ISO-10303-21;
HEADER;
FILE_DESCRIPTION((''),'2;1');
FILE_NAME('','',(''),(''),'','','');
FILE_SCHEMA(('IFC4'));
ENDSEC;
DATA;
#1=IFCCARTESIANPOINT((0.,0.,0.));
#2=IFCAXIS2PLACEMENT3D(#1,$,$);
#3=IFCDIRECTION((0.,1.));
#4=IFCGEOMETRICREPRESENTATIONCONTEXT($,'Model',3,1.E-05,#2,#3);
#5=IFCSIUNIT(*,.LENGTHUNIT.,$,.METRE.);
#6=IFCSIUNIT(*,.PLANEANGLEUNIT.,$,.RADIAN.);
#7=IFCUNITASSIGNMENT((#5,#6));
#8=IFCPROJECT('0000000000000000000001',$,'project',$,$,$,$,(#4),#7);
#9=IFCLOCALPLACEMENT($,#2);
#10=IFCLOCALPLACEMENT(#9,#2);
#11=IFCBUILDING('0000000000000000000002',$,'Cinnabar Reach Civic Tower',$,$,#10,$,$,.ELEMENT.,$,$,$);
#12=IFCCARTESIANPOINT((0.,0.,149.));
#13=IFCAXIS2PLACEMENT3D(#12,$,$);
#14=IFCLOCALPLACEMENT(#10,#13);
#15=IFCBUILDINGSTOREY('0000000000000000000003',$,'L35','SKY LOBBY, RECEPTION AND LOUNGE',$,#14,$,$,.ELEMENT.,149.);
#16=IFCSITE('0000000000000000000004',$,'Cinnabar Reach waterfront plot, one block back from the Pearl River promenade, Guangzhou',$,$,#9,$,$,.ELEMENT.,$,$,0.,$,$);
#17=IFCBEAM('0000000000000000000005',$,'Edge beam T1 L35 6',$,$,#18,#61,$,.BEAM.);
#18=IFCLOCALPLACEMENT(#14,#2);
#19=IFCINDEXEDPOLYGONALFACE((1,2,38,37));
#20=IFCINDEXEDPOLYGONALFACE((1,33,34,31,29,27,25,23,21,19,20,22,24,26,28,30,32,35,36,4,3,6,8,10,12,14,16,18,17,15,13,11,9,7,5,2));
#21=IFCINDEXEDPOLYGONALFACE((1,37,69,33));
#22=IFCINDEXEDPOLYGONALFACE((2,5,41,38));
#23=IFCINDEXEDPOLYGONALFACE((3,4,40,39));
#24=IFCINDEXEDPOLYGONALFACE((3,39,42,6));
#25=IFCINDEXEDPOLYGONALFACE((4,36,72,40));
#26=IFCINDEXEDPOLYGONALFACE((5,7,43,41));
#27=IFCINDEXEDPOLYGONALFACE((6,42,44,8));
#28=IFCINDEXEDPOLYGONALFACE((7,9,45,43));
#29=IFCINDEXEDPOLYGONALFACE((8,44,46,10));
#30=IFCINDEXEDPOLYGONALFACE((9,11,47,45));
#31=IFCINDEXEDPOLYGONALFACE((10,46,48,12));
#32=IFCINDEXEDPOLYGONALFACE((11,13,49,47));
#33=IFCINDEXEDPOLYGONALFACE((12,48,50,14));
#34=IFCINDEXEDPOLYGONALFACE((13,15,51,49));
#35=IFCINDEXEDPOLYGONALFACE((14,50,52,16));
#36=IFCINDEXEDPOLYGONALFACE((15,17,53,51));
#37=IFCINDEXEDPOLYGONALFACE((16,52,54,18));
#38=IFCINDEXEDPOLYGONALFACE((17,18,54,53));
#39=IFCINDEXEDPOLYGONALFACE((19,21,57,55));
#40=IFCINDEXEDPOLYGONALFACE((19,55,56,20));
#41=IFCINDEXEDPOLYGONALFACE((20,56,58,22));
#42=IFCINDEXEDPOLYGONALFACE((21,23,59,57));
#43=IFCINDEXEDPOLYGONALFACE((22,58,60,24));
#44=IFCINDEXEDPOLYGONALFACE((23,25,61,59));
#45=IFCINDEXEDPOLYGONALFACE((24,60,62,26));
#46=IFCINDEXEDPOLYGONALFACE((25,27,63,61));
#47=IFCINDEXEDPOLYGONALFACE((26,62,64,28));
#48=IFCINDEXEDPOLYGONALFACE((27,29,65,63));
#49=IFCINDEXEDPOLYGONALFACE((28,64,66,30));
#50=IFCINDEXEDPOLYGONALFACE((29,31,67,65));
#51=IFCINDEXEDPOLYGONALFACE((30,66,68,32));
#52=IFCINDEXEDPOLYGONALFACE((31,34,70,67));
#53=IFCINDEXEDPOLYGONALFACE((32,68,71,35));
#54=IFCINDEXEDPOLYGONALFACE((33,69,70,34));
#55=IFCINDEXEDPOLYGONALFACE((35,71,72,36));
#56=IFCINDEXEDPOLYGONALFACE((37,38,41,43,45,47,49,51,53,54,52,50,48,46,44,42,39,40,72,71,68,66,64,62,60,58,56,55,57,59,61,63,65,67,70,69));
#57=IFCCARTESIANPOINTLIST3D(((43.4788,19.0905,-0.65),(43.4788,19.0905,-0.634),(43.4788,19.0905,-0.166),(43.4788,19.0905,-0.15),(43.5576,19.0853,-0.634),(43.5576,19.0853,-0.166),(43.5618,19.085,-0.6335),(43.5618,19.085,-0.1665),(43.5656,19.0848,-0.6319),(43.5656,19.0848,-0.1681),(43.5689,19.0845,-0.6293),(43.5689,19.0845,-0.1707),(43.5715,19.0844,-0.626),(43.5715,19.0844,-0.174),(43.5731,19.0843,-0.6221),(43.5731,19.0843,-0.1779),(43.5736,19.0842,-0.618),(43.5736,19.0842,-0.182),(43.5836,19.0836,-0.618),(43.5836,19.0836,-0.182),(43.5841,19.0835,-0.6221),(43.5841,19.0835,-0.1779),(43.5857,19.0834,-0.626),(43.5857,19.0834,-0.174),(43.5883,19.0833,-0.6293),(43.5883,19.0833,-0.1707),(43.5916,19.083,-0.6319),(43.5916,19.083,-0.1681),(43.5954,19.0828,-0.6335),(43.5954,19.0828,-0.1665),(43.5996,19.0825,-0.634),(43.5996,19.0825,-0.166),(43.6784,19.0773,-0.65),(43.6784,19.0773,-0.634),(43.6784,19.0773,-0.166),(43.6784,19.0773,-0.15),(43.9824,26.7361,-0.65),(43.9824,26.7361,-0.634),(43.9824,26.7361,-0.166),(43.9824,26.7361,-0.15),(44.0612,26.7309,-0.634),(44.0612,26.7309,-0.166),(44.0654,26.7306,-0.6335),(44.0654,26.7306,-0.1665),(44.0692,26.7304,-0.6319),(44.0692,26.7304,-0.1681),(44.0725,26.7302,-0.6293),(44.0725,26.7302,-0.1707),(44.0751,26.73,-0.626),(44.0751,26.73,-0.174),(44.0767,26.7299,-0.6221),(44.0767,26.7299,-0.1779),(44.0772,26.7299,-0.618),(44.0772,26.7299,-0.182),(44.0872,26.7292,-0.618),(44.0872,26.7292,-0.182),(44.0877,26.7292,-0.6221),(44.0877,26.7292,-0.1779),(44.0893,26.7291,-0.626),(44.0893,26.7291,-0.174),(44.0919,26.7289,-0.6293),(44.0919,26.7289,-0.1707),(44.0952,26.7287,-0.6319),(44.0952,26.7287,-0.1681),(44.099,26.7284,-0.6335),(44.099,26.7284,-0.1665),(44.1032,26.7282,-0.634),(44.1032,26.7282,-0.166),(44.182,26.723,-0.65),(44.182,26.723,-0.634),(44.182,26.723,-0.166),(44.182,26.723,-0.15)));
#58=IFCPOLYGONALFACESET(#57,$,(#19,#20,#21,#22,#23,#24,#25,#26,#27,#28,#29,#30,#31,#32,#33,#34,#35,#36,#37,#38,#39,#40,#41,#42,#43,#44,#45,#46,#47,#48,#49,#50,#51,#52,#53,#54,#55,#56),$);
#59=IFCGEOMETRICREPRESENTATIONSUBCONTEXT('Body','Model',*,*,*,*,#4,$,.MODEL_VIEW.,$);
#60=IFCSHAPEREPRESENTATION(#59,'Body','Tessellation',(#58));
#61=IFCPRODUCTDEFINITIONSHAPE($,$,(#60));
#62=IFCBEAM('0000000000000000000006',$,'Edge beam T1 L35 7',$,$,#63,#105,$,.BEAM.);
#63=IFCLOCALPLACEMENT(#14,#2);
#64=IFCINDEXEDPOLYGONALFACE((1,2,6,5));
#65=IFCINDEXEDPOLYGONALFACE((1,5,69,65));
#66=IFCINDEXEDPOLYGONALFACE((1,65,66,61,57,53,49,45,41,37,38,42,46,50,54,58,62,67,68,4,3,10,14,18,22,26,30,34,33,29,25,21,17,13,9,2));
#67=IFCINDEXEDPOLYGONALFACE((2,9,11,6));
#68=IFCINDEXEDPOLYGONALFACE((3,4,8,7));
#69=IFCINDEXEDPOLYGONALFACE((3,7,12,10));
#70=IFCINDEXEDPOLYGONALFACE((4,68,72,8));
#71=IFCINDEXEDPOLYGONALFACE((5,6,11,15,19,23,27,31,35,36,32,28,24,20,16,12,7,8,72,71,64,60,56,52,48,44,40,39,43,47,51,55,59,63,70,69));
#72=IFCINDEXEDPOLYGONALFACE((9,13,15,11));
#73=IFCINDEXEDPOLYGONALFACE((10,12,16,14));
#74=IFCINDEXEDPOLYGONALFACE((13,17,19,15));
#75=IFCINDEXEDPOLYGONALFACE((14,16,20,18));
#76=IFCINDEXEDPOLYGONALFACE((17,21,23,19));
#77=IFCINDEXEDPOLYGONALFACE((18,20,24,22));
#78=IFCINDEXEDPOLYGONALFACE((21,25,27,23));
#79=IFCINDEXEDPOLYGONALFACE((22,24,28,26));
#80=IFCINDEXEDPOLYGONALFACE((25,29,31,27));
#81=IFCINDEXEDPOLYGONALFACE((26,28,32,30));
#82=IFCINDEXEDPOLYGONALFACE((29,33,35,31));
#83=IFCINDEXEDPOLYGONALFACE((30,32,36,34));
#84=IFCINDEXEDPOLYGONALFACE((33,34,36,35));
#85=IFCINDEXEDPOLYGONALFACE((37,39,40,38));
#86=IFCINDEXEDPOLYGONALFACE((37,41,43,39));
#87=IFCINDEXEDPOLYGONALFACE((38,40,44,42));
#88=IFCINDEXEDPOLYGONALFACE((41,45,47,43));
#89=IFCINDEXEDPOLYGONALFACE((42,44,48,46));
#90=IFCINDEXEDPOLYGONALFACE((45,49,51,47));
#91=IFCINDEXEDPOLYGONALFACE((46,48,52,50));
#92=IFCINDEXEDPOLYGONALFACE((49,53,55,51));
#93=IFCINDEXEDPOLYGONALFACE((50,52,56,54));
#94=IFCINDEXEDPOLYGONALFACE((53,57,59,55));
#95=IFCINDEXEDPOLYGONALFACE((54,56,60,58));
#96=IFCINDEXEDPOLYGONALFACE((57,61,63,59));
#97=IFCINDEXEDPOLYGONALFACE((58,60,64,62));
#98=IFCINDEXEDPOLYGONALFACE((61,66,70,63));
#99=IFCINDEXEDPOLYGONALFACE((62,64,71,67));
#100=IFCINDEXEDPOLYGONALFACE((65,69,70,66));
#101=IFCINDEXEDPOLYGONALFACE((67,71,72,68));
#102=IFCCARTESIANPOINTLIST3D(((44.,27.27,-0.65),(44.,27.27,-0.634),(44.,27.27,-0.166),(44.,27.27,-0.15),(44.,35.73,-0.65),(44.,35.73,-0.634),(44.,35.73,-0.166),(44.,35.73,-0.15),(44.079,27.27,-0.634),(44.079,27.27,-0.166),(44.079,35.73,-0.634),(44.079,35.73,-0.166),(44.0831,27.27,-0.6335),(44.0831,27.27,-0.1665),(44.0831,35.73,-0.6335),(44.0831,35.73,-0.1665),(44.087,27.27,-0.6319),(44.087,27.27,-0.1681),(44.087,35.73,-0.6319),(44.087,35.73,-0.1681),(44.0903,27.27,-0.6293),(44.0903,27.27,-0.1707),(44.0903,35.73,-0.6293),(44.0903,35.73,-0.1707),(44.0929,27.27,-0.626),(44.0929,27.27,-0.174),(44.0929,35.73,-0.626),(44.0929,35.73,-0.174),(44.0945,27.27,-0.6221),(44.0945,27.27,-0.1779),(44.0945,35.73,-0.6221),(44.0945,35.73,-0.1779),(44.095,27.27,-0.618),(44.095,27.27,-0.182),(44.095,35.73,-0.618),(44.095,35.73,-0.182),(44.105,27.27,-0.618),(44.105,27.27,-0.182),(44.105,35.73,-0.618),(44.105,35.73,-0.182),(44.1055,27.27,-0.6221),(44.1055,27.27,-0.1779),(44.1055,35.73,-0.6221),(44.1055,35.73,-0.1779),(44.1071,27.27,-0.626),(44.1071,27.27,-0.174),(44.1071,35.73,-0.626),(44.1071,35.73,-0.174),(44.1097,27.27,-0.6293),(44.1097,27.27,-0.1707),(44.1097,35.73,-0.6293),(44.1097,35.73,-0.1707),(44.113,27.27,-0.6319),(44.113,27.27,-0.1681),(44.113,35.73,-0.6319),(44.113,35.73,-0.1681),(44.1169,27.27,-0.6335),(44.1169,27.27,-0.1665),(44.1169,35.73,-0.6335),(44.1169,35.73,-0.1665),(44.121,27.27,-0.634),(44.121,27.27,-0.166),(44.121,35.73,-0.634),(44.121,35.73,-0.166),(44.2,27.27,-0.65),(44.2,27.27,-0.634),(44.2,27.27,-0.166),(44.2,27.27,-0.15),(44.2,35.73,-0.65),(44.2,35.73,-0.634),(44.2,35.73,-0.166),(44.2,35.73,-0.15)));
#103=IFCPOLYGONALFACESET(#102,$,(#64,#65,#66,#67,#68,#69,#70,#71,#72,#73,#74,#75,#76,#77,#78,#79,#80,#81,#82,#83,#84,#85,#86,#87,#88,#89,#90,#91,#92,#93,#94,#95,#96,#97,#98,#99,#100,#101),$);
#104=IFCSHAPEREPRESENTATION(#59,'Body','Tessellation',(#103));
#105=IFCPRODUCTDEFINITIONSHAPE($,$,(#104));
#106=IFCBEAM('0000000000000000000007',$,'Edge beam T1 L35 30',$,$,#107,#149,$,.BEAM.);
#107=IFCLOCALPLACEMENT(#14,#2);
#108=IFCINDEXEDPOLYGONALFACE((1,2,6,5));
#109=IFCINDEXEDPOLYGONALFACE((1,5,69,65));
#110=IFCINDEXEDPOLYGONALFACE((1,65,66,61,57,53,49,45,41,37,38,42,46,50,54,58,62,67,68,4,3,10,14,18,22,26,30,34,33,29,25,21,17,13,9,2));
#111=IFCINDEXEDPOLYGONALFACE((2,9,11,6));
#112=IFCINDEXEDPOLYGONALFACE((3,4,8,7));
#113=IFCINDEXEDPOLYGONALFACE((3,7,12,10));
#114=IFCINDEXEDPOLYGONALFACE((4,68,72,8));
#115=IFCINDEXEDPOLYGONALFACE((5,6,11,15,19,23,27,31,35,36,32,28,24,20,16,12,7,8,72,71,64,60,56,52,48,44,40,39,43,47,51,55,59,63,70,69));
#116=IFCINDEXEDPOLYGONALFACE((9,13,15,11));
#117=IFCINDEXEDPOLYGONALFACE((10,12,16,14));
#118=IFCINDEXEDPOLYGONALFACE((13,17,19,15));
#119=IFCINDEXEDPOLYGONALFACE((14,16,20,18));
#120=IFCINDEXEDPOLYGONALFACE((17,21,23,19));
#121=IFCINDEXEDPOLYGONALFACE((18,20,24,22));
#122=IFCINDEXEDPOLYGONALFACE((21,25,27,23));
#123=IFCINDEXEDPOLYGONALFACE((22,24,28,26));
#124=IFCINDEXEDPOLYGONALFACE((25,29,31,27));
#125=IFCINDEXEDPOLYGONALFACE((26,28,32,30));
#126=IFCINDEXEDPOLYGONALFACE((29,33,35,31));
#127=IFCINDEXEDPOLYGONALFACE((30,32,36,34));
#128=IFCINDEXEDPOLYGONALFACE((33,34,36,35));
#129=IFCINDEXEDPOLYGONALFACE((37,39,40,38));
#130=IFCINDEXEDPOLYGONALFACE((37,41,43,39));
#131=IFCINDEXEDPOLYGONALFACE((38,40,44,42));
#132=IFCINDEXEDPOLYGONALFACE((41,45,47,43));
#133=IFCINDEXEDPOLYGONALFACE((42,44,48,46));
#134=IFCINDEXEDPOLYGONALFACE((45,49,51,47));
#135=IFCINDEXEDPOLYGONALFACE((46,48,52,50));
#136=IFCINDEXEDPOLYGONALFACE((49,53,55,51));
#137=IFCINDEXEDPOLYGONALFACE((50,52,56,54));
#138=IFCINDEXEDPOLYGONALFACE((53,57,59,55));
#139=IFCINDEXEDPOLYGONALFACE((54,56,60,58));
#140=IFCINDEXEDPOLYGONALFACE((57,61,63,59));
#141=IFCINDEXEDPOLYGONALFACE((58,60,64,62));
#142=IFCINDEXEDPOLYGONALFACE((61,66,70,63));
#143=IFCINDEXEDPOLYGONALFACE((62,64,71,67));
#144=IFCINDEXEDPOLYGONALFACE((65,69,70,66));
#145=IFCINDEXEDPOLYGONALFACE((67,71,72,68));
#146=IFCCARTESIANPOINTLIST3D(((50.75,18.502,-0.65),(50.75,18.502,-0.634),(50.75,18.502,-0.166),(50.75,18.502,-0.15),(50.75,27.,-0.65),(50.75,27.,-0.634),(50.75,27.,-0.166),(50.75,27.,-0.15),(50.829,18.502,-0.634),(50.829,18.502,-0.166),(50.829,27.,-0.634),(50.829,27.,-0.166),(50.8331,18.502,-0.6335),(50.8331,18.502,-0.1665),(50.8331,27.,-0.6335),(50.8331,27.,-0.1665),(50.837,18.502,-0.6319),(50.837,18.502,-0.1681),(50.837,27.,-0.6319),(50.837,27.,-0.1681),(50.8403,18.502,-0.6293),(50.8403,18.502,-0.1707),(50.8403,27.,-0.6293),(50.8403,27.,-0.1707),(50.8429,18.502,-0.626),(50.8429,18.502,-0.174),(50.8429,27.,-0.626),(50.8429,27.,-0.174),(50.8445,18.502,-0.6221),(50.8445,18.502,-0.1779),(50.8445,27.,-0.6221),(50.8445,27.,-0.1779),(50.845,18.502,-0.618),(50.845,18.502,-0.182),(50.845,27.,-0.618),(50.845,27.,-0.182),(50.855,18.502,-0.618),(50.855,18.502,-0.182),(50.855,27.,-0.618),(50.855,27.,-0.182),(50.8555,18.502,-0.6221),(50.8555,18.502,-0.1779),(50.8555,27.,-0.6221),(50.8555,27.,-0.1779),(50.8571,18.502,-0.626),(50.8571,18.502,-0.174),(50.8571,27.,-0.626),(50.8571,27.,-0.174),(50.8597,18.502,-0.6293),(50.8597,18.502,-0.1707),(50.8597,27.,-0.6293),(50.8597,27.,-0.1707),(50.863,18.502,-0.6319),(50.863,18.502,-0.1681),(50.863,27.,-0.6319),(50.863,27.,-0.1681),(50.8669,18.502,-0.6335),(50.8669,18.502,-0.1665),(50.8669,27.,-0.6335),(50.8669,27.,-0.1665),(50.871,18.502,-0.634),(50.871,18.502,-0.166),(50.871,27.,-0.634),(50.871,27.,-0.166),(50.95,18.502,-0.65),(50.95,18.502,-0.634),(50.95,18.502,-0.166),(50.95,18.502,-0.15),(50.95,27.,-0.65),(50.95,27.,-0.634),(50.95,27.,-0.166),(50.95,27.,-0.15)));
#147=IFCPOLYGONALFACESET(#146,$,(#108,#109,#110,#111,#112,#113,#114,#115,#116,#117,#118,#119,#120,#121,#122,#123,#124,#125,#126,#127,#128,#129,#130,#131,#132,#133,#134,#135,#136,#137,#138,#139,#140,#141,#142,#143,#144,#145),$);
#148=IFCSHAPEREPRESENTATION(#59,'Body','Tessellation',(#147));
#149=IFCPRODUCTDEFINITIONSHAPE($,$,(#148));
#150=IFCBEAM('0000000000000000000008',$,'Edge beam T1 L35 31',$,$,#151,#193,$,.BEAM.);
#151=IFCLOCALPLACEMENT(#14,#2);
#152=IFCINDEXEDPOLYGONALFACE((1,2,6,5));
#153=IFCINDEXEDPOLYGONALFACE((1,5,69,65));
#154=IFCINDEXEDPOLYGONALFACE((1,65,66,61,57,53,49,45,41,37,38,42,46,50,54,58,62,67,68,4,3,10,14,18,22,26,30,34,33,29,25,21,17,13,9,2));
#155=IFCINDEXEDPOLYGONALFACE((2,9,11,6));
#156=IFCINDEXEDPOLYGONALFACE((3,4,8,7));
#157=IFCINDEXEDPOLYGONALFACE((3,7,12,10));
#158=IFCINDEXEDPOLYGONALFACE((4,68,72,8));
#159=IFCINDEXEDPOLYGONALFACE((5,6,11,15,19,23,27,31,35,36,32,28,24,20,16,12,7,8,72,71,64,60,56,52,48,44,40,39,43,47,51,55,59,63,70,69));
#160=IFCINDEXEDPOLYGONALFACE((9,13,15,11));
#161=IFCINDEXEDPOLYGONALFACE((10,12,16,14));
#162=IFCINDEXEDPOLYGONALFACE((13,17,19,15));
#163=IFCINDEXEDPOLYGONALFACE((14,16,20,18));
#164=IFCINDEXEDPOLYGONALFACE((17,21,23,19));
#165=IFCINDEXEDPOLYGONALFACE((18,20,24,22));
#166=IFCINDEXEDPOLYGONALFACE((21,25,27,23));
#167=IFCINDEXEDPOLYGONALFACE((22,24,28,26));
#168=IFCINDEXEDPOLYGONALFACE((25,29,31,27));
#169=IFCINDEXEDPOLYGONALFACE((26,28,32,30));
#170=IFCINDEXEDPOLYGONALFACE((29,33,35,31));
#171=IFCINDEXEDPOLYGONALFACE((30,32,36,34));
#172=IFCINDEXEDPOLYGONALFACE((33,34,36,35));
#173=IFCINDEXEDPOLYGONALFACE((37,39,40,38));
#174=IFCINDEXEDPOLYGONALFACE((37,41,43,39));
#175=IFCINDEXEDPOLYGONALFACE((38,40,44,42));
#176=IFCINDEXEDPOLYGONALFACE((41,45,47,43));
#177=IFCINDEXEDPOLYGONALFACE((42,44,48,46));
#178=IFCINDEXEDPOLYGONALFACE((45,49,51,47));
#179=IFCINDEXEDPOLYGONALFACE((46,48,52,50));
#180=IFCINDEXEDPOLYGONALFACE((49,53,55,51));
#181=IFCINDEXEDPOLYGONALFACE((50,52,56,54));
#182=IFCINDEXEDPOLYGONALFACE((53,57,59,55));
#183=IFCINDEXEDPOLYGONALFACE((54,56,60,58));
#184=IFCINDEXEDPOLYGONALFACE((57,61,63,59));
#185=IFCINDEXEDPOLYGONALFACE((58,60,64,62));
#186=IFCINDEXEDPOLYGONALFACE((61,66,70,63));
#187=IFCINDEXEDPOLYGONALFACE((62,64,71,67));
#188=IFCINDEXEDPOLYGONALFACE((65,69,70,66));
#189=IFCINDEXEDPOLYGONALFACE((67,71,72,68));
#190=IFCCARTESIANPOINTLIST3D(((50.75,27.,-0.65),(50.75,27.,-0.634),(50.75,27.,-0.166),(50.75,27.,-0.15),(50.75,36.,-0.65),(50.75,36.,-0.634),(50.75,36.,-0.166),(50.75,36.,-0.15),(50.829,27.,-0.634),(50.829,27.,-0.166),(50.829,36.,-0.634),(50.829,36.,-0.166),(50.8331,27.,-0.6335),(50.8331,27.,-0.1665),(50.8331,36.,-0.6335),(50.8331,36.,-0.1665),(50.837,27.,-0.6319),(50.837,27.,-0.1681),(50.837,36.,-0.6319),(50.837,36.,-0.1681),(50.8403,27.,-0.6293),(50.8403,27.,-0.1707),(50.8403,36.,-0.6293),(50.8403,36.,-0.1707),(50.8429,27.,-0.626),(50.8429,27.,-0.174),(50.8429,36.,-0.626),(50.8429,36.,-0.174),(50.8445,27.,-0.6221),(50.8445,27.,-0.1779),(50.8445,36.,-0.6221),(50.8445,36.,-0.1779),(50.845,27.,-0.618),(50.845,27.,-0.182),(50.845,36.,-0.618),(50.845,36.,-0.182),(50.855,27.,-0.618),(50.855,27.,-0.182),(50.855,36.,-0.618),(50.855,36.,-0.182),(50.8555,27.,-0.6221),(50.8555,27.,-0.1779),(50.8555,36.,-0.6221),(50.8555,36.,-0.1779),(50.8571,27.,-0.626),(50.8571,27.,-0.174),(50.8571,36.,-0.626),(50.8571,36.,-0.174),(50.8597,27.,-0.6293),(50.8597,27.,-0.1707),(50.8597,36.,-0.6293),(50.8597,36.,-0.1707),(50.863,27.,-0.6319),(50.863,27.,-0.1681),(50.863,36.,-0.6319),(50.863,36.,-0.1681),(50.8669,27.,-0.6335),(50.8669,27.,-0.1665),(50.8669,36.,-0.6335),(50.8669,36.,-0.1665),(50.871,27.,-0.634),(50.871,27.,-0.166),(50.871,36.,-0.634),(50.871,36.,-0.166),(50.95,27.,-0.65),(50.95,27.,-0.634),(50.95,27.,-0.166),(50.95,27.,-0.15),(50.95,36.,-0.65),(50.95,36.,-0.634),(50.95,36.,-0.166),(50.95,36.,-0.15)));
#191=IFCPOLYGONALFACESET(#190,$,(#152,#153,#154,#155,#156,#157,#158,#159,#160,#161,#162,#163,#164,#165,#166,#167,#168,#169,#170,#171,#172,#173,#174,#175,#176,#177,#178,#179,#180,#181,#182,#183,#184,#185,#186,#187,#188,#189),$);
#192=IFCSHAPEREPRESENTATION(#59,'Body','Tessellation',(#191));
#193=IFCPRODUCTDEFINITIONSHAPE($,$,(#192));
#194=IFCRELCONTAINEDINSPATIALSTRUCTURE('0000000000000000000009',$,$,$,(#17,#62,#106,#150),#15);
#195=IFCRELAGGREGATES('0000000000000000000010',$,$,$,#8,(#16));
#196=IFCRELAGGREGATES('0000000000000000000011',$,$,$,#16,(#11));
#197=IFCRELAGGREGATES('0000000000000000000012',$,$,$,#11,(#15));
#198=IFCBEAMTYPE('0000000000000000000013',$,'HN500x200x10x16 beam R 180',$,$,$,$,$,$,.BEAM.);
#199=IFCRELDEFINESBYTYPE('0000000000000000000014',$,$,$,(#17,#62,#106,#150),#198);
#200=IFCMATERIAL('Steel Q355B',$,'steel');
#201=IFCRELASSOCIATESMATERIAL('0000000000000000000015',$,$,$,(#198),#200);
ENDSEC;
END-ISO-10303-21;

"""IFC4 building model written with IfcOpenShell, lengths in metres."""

from ifc_helpers import new_model, si_unit, direction, frame, origin, origin_2d, place, context, subcontext, project, spatial, i_section, extrude, material, material_profile, profile_set, type_object, element, save


model = new_model("IFC4")

# Units and contexts
model_context = context("Model", 3, precision=1e-05, world=origin(), true_north=direction((0.0, 1.0)))
body_context = subcontext(model_context, "Body", "Model", "MODEL_VIEW")
ifc_project = project(units=[si_unit("LENGTHUNIT", "METRE"), si_unit("PLANEANGLEUNIT", "RADIAN")], contexts=[model_context])

# Site, building, storey
site_placement = place(None, origin())
site = spatial("IfcSite", under=ifc_project, at=site_placement, Name="Cinnabar Reach waterfront plot, one block back from the Pearl River promenade, Guangzhou", CompositionType="ELEMENT", RefElevation=0.0)
building_placement = place(site_placement, origin())
building = spatial("IfcBuilding", under=site, at=building_placement, Name="Cinnabar Reach Civic Tower", CompositionType="ELEMENT")
storey_placement = place(building_placement, frame((0.0, 0.0, 149.0)))
storey = spatial("IfcBuildingStorey", under=building, at=storey_placement, Name="L35", Description="SKY LOBBY, RECEPTION AND LOUNGE", CompositionType="ELEMENT", Elevation=149.0)

# Beams
ifc_material_1 = material(Name="Steel Q355B", Category="steel")
ifc_material_profile_1 = material_profile(ifc_material_1, i_section(OverallWidth=0.2, OverallDepth=0.5, WebThickness=0.01, FlangeThickness=0.016, FilletRadius=0.016, at=origin_2d()), Name="HN500x200x10x16")
ifc_profile_set_1 = profile_set([ifc_material_profile_1], Name="Steel Q355B")
beam_type_1 = type_object("IfcBeamType", Name="HN500x200x10x16 beam R 180", PredefinedType="BEAM", material=ifc_profile_set_1)
beam_1_placement = place(storey_placement, frame((43.5786, 19.0839, -0.4), z_axis=(0.065726, 0.997838, 0.0), x_axis=(-0.997838, 0.065726, 0.0)))
element("IfcBeam", 1, at=beam_1_placement, inside=storey, type_object=beam_type_1, Name="Edge beam T1 L35 6", PredefinedType="BEAM", context=body_context, shape_type="SweptSolid", body=[
    extrude(i_section(OverallWidth=0.2, OverallDepth=0.5, WebThickness=0.01, FlangeThickness=0.016, FilletRadius=0.016, at=origin_2d()), origin(), (0.0, 0.0, 1.0), 7.6622),
])
beam_2_placement = place(storey_placement, frame((44.1, 27.27, -0.4), z_axis=(0.0, 1.0, 0.0), x_axis=(-1.0, 0.0, 0.0)))
element("IfcBeam", 2, at=beam_2_placement, inside=storey, type_object=beam_type_1, Name="Edge beam T1 L35 7", PredefinedType="BEAM", context=body_context, shape_type="SweptSolid", body=[
    extrude(i_section(OverallWidth=0.2, OverallDepth=0.5, WebThickness=0.01, FlangeThickness=0.016, FilletRadius=0.016, at=origin_2d()), origin(), (0.0, 0.0, 1.0), 8.46),
])
beam_3_placement = place(storey_placement, frame((50.85, 18.502, -0.4), z_axis=(0.0, 1.0, 0.0), x_axis=(-1.0, 0.0, 0.0)))
element("IfcBeam", 3, at=beam_3_placement, inside=storey, type_object=beam_type_1, Name="Edge beam T1 L35 30", PredefinedType="BEAM", context=body_context, shape_type="SweptSolid", body=[
    extrude(i_section(OverallWidth=0.2, OverallDepth=0.5, WebThickness=0.01, FlangeThickness=0.016, FilletRadius=0.016, at=origin_2d()), origin(), (0.0, 0.0, 1.0), 8.498),
])
beam_4_placement = place(storey_placement, frame((50.85, 27.0, -0.4), z_axis=(0.0, 1.0, 0.0), x_axis=(-1.0, 0.0, 0.0)))
element("IfcBeam", 4, at=beam_4_placement, inside=storey, type_object=beam_type_1, Name="Edge beam T1 L35 31", PredefinedType="BEAM", context=body_context, shape_type="SweptSolid", body=[
    extrude(i_section(OverallWidth=0.2, OverallDepth=0.5, WebThickness=0.01, FlangeThickness=0.016, FilletRadius=0.016, at=origin_2d()), origin(), (0.0, 0.0, 1.0), 9.0),
])

save(model, "model.ifc")
